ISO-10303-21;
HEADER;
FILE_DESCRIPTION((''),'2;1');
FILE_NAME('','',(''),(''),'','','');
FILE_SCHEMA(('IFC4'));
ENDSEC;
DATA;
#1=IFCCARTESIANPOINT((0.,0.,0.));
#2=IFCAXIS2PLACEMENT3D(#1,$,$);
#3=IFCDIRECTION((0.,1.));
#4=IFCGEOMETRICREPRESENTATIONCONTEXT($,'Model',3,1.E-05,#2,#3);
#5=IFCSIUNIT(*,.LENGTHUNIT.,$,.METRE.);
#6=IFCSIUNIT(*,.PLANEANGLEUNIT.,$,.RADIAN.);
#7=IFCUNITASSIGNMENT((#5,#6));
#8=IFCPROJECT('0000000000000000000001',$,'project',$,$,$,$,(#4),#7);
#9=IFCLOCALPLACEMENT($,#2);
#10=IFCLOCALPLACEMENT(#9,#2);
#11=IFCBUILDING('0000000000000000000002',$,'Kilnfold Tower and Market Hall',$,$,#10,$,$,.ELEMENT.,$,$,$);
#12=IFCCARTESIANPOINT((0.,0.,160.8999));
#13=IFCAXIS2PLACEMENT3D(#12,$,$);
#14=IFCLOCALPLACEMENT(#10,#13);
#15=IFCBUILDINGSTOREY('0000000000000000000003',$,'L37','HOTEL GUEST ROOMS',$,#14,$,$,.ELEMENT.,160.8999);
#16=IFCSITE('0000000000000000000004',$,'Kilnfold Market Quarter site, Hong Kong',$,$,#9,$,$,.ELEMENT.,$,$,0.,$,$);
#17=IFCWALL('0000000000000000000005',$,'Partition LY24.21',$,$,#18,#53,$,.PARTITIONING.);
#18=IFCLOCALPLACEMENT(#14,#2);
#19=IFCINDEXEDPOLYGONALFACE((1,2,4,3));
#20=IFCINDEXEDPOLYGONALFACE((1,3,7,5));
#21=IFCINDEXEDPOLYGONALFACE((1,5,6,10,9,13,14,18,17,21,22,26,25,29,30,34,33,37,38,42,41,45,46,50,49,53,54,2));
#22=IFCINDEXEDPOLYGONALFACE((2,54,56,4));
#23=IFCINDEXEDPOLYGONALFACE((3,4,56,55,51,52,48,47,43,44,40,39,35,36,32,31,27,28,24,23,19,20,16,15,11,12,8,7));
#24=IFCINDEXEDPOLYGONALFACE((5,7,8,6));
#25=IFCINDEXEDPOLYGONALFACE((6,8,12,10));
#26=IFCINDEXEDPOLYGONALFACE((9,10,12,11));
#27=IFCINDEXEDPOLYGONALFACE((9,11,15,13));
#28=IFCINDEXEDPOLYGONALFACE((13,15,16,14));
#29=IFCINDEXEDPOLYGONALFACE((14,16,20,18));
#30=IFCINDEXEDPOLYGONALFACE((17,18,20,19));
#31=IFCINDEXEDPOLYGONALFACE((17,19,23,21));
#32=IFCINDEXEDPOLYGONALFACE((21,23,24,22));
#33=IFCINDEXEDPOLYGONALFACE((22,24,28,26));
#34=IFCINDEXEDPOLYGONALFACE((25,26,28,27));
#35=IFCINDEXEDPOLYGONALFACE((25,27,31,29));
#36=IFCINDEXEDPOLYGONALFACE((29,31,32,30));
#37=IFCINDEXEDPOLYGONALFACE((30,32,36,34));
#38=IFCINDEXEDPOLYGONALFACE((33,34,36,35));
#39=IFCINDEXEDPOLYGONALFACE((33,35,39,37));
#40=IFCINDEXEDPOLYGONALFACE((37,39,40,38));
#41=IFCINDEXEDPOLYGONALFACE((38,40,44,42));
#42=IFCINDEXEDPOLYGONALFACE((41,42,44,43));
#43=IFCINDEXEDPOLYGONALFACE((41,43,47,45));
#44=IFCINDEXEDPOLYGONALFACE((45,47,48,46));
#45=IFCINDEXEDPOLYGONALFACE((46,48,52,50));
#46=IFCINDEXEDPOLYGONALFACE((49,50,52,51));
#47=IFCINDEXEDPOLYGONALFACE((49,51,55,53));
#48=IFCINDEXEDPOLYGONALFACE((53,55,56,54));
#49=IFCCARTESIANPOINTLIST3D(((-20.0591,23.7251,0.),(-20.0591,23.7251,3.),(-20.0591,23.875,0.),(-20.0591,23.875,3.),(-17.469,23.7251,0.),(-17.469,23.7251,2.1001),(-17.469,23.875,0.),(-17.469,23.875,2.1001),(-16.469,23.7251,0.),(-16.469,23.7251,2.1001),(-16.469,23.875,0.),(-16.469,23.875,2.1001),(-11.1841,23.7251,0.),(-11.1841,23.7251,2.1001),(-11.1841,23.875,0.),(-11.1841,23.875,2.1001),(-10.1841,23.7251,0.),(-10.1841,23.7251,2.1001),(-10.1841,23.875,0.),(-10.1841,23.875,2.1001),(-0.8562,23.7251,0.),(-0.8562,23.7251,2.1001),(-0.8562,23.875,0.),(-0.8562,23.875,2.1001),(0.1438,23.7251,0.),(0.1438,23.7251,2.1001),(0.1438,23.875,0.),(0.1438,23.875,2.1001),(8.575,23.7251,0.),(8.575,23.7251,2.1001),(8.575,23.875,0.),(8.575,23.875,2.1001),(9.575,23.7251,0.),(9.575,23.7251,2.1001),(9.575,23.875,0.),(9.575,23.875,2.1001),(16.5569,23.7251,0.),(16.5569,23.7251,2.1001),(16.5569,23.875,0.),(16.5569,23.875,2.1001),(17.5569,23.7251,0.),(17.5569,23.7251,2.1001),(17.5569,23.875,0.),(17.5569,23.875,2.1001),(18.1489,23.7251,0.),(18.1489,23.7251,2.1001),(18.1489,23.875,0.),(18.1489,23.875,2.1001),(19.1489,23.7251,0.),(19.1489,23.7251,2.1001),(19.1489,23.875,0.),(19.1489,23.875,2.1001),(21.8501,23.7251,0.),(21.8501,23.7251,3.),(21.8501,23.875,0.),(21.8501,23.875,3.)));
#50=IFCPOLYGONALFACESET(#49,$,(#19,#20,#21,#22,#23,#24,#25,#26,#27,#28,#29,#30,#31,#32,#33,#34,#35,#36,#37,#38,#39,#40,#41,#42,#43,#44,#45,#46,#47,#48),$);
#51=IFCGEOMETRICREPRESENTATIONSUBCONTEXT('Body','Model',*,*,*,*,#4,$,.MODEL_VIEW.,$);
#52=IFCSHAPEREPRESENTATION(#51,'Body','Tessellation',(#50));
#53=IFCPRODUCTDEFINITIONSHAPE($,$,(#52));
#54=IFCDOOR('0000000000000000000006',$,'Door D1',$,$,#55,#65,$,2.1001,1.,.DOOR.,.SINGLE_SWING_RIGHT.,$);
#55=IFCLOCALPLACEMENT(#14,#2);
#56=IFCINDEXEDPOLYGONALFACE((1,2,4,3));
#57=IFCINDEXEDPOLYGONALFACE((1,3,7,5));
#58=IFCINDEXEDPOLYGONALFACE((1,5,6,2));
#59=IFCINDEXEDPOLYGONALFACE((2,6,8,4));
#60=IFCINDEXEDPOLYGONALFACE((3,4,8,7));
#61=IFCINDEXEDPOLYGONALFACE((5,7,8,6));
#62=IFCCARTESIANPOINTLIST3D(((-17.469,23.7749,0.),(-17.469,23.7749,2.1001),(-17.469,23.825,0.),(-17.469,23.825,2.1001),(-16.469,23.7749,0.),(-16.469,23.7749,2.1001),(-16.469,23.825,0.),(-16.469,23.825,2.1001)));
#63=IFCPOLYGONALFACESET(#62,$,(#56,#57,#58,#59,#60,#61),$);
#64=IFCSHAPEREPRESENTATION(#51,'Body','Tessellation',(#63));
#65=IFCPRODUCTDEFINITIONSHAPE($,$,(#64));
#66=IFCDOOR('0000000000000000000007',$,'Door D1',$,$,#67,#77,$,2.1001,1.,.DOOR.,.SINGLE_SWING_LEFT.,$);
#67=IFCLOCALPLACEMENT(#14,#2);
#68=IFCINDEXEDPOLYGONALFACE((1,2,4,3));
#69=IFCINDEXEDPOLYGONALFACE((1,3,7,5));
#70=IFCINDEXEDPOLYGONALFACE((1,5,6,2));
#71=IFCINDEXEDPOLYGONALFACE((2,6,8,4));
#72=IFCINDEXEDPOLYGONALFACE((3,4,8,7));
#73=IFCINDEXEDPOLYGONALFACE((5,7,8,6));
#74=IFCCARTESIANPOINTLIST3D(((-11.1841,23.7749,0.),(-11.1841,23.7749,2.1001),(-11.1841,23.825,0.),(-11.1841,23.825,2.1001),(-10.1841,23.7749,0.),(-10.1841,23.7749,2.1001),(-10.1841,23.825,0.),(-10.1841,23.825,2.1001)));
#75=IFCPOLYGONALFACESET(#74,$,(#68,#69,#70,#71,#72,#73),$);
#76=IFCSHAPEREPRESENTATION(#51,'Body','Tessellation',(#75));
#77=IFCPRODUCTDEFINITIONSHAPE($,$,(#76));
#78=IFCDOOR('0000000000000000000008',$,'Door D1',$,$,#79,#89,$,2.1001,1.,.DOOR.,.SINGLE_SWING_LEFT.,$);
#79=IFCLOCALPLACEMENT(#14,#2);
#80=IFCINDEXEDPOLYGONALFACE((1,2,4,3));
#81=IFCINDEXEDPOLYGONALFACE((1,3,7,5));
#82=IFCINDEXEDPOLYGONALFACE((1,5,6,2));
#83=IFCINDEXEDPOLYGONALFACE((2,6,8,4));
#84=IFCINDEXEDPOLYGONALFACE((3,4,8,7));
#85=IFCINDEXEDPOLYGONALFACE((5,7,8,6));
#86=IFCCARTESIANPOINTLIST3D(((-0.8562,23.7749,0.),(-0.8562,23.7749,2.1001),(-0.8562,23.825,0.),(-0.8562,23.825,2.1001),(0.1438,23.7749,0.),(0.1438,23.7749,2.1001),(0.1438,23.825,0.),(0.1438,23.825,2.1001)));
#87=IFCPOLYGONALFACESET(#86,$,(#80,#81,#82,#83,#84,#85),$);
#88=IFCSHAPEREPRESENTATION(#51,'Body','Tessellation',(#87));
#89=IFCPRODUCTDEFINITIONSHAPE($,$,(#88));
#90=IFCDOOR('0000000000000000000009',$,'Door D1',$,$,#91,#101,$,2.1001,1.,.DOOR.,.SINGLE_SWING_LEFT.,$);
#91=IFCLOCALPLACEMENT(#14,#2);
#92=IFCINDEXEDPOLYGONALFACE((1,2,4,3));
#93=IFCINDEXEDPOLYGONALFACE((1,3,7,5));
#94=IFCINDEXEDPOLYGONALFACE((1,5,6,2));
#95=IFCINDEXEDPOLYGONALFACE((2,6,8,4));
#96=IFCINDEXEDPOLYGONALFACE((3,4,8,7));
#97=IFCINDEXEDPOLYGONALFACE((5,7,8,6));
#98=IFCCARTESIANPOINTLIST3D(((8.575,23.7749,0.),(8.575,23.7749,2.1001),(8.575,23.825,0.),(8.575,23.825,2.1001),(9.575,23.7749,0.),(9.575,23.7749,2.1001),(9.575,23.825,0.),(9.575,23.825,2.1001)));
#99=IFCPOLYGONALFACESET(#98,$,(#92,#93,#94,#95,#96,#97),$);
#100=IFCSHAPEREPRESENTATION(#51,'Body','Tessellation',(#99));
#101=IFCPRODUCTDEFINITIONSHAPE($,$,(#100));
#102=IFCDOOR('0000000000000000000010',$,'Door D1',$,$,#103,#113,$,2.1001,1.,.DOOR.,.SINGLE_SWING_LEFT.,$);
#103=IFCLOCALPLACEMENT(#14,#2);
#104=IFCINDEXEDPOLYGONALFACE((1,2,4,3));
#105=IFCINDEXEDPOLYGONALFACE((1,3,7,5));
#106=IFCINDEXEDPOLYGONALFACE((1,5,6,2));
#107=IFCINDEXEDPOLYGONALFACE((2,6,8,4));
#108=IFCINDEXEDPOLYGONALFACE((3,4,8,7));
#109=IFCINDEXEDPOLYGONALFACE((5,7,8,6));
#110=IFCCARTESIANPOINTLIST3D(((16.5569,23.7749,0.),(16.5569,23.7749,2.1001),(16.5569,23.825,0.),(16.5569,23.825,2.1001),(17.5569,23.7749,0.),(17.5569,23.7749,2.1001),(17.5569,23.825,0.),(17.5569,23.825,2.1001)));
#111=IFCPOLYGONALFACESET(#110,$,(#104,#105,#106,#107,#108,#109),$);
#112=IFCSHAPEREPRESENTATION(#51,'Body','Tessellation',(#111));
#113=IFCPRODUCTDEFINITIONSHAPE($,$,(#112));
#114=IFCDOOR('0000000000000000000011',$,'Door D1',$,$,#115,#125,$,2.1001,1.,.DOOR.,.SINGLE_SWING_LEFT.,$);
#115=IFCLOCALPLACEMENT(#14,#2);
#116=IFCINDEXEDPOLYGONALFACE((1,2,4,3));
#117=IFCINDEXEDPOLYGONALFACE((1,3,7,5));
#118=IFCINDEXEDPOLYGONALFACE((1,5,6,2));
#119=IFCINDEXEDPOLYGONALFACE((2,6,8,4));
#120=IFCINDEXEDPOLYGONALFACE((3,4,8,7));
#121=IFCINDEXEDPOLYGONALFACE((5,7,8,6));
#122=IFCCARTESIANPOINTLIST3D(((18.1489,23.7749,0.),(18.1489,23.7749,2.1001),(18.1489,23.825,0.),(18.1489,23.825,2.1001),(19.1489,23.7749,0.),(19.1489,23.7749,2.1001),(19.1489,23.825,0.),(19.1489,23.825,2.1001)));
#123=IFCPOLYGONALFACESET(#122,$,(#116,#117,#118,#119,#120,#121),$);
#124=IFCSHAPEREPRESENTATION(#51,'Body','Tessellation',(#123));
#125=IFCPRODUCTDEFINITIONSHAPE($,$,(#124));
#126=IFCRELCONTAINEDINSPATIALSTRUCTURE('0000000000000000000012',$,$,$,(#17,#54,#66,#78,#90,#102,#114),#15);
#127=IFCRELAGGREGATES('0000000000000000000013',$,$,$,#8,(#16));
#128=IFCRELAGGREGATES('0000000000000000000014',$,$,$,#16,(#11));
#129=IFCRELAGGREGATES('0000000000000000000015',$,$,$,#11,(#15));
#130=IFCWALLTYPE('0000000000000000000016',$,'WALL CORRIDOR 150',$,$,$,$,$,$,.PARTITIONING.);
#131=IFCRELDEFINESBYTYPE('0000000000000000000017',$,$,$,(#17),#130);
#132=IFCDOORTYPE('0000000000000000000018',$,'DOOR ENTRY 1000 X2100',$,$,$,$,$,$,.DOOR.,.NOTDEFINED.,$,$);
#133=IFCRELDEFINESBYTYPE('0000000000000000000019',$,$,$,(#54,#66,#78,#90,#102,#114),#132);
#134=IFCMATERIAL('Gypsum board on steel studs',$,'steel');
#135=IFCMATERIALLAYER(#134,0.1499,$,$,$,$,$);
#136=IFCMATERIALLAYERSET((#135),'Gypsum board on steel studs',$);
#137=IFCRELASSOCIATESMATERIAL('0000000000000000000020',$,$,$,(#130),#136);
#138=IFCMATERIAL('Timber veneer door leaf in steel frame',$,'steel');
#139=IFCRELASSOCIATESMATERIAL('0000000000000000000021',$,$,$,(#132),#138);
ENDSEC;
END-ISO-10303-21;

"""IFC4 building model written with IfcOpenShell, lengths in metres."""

from ifc_helpers import new_model, si_unit, direction, frame, frame_2d, origin, place, context, subcontext, project, spatial, rectangle, extrude, material, layer, layer_set, type_object, element, fill, save


model = new_model("IFC4")

# Units and contexts
model_context = context("Model", 3, precision=1e-05, world=origin(), true_north=direction((0.0, 1.0)))
body_context = subcontext(model_context, "Body", "Model", "MODEL_VIEW")
ifc_project = project(units=[si_unit("LENGTHUNIT", "METRE"), si_unit("PLANEANGLEUNIT", "RADIAN")], contexts=[model_context])

# Site, building, storey
site_placement = place(None, origin())
site = spatial("IfcSite", under=ifc_project, at=site_placement, Name="Kilnfold Market Quarter site, Hong Kong", CompositionType="ELEMENT", RefElevation=0.0)
building_placement = place(site_placement, origin())
building = spatial("IfcBuilding", under=site, at=building_placement, Name="Kilnfold Tower and Market Hall", CompositionType="ELEMENT")
storey_placement = place(building_placement, frame((0.0, 0.0, 160.8999)))
storey = spatial("IfcBuildingStorey", under=building, at=storey_placement, Name="L37", Description="HOTEL GUEST ROOMS", CompositionType="ELEMENT", Elevation=160.8999)

# Shared definitions
ifc_material_1 = material(Name="Gypsum board on steel studs", Category="steel")
ifc_layer_1 = layer(ifc_material_1, 0.1499)
ifc_layer_set_1 = layer_set([ifc_layer_1], Name="Gypsum board on steel studs")
wall_type_1 = type_object("IfcWallType", Name="WALL CORRIDOR 150", PredefinedType="PARTITIONING", material=ifc_layer_set_1)

# Wall, openings, doors
wall_1_placement = place(storey_placement, frame((-20.0591, 23.8, 0.0), z_axis=(0.0, 0.0, 1.0), x_axis=(1.0, 0.0, 0.0)))
wall_1 = element("IfcWall", 1, at=wall_1_placement, inside=storey, type_object=wall_type_1, Name="Partition LY24.21", PredefinedType="PARTITIONING", context=body_context, shape_type="SweptSolid", body=[
    extrude(rectangle(XDim=41.9092, YDim=0.1499, at=frame_2d((20.9546, 0.0))), origin(), (0.0, 0.0, 1.0), 3.0),
])
opening_1_placement = place(wall_1_placement, frame((2.5901, 0.0, 0.0)))
opening_1 = element("IfcOpeningElement", 2, at=opening_1_placement, cuts=wall_1, PredefinedType="OPENING", context=body_context, shape_type="SweptSolid", body=[
    extrude(rectangle(XDim=1.0, YDim=2.1001, at=frame_2d((0.5, 1.05))), frame((0.0, 0.085, 0.0), z_axis=(0.0, -1.0, 0.0), x_axis=(1.0, 0.0, 0.0)), (0.0, 0.0, 1.0), 0.1699),
])
opening_2_placement = place(wall_1_placement, frame((8.875, 0.0, 0.0)))
opening_2 = element("IfcOpeningElement", 3, at=opening_2_placement, cuts=wall_1, PredefinedType="OPENING", context=body_context, shape_type="SweptSolid", body=[
    extrude(rectangle(XDim=1.0, YDim=2.1001, at=frame_2d((0.5, 1.05))), frame((0.0, 0.085, 0.0), z_axis=(0.0, -1.0, 0.0), x_axis=(1.0, 0.0, 0.0)), (0.0, 0.0, 1.0), 0.1699),
])
opening_3_placement = place(wall_1_placement, frame((19.2029, 0.0, 0.0)))
opening_3 = element("IfcOpeningElement", 4, at=opening_3_placement, cuts=wall_1, PredefinedType="OPENING", context=body_context, shape_type="SweptSolid", body=[
    extrude(rectangle(XDim=1.0, YDim=2.1001, at=frame_2d((0.5, 1.05))), frame((0.0, 0.085, 0.0), z_axis=(0.0, -1.0, 0.0), x_axis=(1.0, 0.0, 0.0)), (0.0, 0.0, 1.0), 0.1699),
])
opening_4_placement = place(wall_1_placement, frame((28.634, 0.0, 0.0)))
opening_4 = element("IfcOpeningElement", 5, at=opening_4_placement, cuts=wall_1, PredefinedType="OPENING", context=body_context, shape_type="SweptSolid", body=[
    extrude(rectangle(XDim=1.0, YDim=2.1001, at=frame_2d((0.5, 1.05))), frame((0.0, 0.085, 0.0), z_axis=(0.0, -1.0, 0.0), x_axis=(1.0, 0.0, 0.0)), (0.0, 0.0, 1.0), 0.1699),
])
opening_5_placement = place(wall_1_placement, frame((36.616, 0.0, 0.0)))
opening_5 = element("IfcOpeningElement", 6, at=opening_5_placement, cuts=wall_1, PredefinedType="OPENING", context=body_context, shape_type="SweptSolid", body=[
    extrude(rectangle(XDim=1.0, YDim=2.1001, at=frame_2d((0.5, 1.05))), frame((0.0, 0.085, 0.0), z_axis=(0.0, -1.0, 0.0), x_axis=(1.0, 0.0, 0.0)), (0.0, 0.0, 1.0), 0.1699),
])
opening_6_placement = place(wall_1_placement, frame((38.208, 0.0, 0.0)))
opening_6 = element("IfcOpeningElement", 7, at=opening_6_placement, cuts=wall_1, PredefinedType="OPENING", context=body_context, shape_type="SweptSolid", body=[
    extrude(rectangle(XDim=1.0, YDim=2.1001, at=frame_2d((0.5, 1.05))), frame((0.0, 0.085, 0.0), z_axis=(0.0, -1.0, 0.0), x_axis=(1.0, 0.0, 0.0)), (0.0, 0.0, 1.0), 0.1699),
])
ifc_material_2 = material(Name="Timber veneer door leaf in steel frame", Category="steel")
door_type = type_object("IfcDoorType", Name="DOOR ENTRY 1000 X2100", OperationType="NOTDEFINED", PredefinedType="DOOR", material=ifc_material_2)
door_1_placement = place(opening_1_placement, origin())
door_1 = element("IfcDoor", 8, at=door_1_placement, inside=storey, type_object=door_type, Name="Door D1", OperationType="SINGLE_SWING_RIGHT", OverallHeight=2.1001, OverallWidth=1.0, PredefinedType="DOOR", context=body_context, shape_type="SweptSolid", body=[
    extrude(rectangle(XDim=1.0, YDim=2.1001, at=frame_2d((0.5, 1.05))), frame((0.0, 0.0249, 0.0), z_axis=(0.0, -1.0, 0.0), x_axis=(1.0, 0.0, 0.0)), (0.0, 0.0, 1.0), 0.05),
])
fill(opening_1, door_1)
door_2_placement = place(opening_2_placement, origin())
door_2 = element("IfcDoor", 9, at=door_2_placement, inside=storey, type_object=door_type, Name="Door D1", OperationType="SINGLE_SWING_LEFT", OverallHeight=2.1001, OverallWidth=1.0, PredefinedType="DOOR", context=body_context, shape_type="SweptSolid", body=[
    extrude(rectangle(XDim=1.0, YDim=2.1001, at=frame_2d((0.5, 1.05))), frame((0.0, 0.0249, 0.0), z_axis=(0.0, -1.0, 0.0), x_axis=(1.0, 0.0, 0.0)), (0.0, 0.0, 1.0), 0.05),
])
fill(opening_2, door_2)
door_3_placement = place(opening_3_placement, origin())
door_3 = element("IfcDoor", 10, at=door_3_placement, inside=storey, type_object=door_type, Name="Door D1", OperationType="SINGLE_SWING_LEFT", OverallHeight=2.1001, OverallWidth=1.0, PredefinedType="DOOR", context=body_context, shape_type="SweptSolid", body=[
    extrude(rectangle(XDim=1.0, YDim=2.1001, at=frame_2d((0.5, 1.05))), frame((0.0, 0.0249, 0.0), z_axis=(0.0, -1.0, 0.0), x_axis=(1.0, 0.0, 0.0)), (0.0, 0.0, 1.0), 0.05),
])
fill(opening_3, door_3)
door_4_placement = place(opening_4_placement, origin())
door_4 = element("IfcDoor", 11, at=door_4_placement, inside=storey, type_object=door_type, Name="Door D1", OperationType="SINGLE_SWING_LEFT", OverallHeight=2.1001, OverallWidth=1.0, PredefinedType="DOOR", context=body_context, shape_type="SweptSolid", body=[
    extrude(rectangle(XDim=1.0, YDim=2.1001, at=frame_2d((0.5, 1.05))), frame((0.0, 0.0249, 0.0), z_axis=(0.0, -1.0, 0.0), x_axis=(1.0, 0.0, 0.0)), (0.0, 0.0, 1.0), 0.05),
])
fill(opening_4, door_4)
door_5_placement = place(opening_5_placement, origin())
door_5 = element("IfcDoor", 12, at=door_5_placement, inside=storey, type_object=door_type, Name="Door D1", OperationType="SINGLE_SWING_LEFT", OverallHeight=2.1001, OverallWidth=1.0, PredefinedType="DOOR", context=body_context, shape_type="SweptSolid", body=[
    extrude(rectangle(XDim=1.0, YDim=2.1001, at=frame_2d((0.5, 1.05))), frame((0.0, 0.0249, 0.0), z_axis=(0.0, -1.0, 0.0), x_axis=(1.0, 0.0, 0.0)), (0.0, 0.0, 1.0), 0.05),
])
fill(opening_5, door_5)
door_6_placement = place(opening_6_placement, origin())
door_6 = element("IfcDoor", 13, at=door_6_placement, inside=storey, type_object=door_type, Name="Door D1", OperationType="SINGLE_SWING_LEFT", OverallHeight=2.1001, OverallWidth=1.0, PredefinedType="DOOR", context=body_context, shape_type="SweptSolid", body=[
    extrude(rectangle(XDim=1.0, YDim=2.1001, at=frame_2d((0.5, 1.05))), frame((0.0, 0.0249, 0.0), z_axis=(0.0, -1.0, 0.0), x_axis=(1.0, 0.0, 0.0)), (0.0, 0.0, 1.0), 0.05),
])
fill(opening_6, door_6)

save(model, "model.ifc")
